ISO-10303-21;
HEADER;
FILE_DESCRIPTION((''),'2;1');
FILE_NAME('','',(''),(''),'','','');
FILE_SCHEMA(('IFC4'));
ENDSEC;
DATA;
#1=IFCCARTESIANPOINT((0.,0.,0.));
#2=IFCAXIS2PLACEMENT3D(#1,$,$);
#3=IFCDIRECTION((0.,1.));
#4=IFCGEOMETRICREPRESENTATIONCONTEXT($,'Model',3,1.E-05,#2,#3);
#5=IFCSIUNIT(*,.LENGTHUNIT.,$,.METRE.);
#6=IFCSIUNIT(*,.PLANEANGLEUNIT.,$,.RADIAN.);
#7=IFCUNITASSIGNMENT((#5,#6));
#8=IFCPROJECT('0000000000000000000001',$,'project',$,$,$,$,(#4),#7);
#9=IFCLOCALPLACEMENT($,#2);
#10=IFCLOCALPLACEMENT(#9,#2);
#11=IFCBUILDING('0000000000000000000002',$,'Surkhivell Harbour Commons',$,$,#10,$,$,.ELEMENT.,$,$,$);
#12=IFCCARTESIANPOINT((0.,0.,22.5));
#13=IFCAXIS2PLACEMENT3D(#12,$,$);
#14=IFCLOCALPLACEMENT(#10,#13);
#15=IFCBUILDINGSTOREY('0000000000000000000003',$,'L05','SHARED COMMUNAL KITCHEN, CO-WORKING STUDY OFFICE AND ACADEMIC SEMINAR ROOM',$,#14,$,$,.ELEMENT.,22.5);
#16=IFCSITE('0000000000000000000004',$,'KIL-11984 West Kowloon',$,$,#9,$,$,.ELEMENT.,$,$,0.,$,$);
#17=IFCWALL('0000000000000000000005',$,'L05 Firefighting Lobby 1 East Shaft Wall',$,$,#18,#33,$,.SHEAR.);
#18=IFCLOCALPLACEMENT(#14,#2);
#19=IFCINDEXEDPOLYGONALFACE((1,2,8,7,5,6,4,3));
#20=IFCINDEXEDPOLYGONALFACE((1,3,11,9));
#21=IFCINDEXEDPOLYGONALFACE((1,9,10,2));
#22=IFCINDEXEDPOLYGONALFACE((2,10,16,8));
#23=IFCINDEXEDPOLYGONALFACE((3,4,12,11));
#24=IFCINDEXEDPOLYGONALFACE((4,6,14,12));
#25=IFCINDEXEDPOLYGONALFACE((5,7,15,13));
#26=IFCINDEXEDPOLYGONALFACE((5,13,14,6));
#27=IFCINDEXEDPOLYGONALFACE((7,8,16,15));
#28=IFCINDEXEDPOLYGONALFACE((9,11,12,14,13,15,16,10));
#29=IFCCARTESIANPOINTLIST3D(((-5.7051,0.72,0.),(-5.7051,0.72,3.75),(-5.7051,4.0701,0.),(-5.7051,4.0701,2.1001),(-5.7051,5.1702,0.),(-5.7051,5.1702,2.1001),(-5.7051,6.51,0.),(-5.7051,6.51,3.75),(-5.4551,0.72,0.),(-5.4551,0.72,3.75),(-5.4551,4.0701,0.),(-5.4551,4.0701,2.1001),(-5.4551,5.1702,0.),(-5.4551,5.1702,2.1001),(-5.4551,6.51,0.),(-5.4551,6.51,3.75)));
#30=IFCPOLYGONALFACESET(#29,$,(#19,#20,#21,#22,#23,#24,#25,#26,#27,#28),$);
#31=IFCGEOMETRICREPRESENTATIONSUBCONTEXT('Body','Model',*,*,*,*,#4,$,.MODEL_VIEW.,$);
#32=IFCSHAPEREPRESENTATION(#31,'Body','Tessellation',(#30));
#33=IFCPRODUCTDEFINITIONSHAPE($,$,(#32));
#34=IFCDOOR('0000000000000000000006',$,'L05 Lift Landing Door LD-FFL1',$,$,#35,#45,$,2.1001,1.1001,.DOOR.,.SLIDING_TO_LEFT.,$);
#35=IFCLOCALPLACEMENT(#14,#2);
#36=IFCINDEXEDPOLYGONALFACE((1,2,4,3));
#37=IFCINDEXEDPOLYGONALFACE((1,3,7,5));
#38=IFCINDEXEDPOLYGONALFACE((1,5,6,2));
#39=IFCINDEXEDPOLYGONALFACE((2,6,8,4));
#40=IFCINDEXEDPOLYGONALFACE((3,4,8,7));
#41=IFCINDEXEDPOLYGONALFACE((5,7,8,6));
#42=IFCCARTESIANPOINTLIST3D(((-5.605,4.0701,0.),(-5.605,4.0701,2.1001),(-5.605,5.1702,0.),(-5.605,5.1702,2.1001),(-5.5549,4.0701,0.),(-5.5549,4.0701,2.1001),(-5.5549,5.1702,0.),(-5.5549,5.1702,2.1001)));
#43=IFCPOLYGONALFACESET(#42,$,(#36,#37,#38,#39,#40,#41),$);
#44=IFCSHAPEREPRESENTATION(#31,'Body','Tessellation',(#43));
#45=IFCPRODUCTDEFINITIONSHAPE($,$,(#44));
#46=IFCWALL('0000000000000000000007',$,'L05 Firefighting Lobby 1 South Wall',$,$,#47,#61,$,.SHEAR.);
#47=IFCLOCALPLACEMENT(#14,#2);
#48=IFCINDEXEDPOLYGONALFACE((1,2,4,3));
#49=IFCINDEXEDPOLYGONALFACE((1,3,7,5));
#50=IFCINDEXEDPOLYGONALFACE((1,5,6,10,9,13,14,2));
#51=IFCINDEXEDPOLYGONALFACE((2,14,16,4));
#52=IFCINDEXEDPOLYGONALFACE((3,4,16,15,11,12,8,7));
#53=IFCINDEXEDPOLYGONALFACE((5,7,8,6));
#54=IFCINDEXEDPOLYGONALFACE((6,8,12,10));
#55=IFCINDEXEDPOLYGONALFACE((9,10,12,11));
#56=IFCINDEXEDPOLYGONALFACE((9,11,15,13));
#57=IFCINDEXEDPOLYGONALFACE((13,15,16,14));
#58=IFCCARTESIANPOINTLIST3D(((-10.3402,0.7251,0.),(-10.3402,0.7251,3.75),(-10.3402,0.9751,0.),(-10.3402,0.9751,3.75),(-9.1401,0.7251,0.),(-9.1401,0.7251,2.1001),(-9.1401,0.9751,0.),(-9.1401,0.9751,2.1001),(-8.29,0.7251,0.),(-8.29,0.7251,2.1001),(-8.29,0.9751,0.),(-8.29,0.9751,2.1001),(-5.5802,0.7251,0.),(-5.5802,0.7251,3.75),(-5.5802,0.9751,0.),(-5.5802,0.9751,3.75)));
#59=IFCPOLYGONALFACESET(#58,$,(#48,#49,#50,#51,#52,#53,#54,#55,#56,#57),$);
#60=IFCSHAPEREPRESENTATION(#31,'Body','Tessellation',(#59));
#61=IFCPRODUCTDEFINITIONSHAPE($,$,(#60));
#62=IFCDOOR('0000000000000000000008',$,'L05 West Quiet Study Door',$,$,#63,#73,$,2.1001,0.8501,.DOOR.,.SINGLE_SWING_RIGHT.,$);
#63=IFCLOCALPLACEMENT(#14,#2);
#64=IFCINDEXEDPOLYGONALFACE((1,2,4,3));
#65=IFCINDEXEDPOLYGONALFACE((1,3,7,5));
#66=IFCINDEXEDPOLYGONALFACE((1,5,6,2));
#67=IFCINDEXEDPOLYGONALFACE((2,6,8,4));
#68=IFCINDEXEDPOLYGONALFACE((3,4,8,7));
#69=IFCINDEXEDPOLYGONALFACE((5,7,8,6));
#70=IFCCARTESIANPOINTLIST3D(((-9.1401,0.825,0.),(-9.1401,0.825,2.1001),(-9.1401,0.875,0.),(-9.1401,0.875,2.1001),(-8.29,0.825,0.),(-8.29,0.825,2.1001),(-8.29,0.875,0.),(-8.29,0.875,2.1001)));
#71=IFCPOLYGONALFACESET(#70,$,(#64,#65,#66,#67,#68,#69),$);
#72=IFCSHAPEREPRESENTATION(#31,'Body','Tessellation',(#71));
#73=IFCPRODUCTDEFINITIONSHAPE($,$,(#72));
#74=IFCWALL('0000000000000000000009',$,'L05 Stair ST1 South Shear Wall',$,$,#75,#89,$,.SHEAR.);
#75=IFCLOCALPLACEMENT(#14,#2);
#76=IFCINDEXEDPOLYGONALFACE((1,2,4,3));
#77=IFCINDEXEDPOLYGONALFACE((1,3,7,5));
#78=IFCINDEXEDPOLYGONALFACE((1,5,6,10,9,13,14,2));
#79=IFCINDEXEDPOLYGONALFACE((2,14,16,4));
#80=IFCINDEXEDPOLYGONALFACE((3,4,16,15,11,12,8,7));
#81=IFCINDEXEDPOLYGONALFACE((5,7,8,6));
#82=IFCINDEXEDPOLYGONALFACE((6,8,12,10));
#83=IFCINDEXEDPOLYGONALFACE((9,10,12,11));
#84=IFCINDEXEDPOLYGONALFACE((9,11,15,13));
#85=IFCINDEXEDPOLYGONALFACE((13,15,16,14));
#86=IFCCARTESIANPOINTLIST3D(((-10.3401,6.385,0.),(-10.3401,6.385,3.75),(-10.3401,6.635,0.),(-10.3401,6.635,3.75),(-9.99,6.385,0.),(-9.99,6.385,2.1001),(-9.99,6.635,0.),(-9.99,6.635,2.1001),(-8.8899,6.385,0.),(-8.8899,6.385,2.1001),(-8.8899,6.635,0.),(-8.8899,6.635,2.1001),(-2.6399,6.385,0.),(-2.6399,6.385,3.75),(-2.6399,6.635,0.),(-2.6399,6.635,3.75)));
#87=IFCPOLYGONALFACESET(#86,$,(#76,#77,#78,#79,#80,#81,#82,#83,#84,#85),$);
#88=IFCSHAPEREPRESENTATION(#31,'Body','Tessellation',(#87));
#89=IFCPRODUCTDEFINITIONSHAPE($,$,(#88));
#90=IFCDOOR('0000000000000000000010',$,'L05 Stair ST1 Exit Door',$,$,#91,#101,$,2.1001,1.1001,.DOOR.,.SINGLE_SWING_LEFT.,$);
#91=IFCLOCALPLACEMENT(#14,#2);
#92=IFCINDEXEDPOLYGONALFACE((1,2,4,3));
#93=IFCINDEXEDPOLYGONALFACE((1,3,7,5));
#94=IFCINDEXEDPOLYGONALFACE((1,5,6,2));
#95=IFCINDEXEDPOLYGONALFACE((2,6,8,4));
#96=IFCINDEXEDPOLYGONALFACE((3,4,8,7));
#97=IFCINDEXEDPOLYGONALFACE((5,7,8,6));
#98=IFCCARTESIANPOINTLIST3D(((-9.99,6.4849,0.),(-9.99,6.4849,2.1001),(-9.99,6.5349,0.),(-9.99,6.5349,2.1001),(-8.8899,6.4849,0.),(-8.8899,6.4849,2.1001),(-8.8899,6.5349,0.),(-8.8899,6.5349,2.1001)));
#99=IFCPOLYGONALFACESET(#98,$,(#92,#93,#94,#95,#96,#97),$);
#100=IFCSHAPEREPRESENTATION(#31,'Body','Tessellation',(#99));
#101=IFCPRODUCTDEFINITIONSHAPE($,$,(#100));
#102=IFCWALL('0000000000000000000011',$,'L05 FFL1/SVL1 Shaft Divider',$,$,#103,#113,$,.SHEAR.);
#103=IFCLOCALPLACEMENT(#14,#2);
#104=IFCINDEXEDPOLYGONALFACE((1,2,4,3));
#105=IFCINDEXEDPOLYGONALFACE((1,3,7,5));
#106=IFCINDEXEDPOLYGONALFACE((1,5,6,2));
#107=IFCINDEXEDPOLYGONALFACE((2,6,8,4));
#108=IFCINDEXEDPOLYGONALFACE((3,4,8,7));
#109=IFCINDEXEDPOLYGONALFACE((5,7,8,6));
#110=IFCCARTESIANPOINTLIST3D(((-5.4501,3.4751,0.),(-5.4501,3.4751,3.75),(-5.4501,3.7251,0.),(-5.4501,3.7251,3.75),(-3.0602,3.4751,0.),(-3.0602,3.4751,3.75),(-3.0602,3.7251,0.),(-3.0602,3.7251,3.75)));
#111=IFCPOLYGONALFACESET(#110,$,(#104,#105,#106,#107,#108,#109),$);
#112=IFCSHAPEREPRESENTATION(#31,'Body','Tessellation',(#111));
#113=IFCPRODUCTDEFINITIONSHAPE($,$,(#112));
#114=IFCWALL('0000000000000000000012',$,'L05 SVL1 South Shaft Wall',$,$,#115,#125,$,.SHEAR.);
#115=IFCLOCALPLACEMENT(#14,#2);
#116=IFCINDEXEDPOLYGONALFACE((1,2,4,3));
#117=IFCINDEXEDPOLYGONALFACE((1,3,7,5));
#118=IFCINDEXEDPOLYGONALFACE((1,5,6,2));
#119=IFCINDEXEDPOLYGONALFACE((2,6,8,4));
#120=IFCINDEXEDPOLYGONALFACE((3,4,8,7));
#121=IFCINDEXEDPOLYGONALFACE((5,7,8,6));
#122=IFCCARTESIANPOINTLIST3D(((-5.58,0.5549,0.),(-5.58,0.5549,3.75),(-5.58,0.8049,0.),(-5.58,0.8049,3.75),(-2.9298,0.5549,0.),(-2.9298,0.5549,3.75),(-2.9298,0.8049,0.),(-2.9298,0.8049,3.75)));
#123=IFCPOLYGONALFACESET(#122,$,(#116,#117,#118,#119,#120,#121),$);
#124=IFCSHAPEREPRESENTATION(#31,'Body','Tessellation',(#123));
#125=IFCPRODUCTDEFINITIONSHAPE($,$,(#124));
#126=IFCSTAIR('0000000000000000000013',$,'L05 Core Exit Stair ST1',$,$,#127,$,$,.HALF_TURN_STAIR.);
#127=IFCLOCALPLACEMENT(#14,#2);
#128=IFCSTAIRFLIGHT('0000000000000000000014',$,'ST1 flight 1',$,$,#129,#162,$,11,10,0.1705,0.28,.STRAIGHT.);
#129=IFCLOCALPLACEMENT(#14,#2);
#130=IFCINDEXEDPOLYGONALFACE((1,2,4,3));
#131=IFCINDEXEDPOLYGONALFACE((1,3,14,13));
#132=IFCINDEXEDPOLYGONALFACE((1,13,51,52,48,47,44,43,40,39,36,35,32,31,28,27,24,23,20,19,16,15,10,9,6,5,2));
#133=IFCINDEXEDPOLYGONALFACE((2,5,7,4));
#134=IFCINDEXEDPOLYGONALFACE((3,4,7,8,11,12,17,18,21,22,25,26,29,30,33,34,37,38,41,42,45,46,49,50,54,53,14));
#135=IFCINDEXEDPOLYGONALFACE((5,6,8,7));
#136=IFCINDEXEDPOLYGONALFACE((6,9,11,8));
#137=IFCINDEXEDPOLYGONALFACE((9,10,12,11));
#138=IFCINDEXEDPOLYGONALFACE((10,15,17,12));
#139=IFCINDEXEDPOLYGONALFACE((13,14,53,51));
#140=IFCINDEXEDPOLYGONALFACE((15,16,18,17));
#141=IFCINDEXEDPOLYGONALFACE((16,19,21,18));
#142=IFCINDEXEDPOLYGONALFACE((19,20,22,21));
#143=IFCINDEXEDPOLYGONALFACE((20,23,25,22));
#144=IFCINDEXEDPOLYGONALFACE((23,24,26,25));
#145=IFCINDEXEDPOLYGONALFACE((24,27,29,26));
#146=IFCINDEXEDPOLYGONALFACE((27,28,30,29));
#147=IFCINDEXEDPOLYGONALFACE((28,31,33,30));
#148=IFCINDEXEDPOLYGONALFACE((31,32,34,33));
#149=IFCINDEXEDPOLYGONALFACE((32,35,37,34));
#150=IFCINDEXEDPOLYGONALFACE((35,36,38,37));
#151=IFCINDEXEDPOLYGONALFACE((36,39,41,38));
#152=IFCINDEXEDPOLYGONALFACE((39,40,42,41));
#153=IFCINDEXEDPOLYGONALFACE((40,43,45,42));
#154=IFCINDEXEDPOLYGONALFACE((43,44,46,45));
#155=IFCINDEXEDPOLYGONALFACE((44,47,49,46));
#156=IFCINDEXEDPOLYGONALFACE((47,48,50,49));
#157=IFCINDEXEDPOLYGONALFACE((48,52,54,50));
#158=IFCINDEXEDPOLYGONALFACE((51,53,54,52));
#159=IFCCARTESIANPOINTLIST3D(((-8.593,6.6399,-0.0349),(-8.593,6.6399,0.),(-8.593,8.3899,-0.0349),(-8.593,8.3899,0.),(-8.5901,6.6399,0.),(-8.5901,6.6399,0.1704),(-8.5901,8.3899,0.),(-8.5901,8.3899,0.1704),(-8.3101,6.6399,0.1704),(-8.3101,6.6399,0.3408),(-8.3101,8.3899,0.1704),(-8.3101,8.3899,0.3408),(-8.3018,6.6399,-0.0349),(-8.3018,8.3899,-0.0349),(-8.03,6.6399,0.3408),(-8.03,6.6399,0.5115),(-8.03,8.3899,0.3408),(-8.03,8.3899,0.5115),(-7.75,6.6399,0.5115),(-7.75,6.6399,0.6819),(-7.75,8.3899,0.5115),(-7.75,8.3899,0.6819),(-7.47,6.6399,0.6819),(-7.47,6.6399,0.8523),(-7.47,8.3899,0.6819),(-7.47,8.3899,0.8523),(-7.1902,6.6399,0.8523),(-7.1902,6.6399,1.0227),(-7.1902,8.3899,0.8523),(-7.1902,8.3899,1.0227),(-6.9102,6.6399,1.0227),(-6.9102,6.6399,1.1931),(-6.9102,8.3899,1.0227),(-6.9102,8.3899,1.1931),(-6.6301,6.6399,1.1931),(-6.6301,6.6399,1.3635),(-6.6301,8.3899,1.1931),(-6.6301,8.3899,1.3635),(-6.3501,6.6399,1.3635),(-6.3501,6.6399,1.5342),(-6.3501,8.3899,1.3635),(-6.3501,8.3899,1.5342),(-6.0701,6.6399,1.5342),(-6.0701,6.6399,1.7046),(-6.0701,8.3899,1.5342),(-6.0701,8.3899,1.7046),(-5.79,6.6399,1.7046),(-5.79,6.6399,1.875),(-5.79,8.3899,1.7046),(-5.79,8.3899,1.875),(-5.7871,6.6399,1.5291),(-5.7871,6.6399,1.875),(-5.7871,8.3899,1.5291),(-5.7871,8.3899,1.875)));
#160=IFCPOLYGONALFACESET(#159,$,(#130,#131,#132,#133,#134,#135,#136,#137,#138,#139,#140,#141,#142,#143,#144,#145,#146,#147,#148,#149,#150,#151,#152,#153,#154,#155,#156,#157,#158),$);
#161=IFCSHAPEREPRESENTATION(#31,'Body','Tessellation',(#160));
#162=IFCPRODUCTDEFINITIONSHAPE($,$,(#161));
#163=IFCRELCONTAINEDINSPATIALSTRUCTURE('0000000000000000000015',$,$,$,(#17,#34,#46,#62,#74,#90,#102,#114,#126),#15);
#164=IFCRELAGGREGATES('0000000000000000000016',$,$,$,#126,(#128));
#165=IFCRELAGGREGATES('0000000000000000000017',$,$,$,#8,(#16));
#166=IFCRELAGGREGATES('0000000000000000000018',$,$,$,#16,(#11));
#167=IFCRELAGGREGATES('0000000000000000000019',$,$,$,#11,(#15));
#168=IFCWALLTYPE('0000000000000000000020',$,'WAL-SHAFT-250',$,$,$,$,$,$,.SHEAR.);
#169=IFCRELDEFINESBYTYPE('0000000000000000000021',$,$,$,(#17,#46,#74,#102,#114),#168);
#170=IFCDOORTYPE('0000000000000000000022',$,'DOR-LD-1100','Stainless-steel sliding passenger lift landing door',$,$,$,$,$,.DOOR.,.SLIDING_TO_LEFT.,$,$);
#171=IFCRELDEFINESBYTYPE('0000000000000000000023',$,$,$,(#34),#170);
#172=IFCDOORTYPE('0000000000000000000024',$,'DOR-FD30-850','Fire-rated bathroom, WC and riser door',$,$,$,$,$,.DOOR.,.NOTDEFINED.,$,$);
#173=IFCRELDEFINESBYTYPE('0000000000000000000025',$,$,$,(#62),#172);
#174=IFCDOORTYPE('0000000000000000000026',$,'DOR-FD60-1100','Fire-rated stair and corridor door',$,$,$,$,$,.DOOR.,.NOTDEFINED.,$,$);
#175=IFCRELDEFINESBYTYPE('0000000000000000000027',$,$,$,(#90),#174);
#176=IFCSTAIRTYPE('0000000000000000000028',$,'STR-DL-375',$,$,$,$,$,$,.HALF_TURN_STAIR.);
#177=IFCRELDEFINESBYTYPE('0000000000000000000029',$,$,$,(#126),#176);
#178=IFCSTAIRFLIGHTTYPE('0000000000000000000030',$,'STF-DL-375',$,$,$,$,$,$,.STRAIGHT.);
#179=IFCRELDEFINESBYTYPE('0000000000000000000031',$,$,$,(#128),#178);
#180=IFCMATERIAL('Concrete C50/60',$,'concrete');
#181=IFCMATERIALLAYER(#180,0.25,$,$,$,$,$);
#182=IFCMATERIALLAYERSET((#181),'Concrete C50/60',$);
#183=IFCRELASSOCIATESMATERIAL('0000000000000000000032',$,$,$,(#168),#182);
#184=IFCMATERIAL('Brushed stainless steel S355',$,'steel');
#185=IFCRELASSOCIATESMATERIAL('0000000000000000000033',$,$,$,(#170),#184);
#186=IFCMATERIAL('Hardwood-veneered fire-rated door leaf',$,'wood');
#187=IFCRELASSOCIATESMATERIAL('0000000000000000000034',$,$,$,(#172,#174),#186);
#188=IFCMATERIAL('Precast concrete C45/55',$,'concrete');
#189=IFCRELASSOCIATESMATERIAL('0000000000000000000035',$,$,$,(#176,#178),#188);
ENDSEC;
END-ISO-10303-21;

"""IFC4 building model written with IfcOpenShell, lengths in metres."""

from ifc_helpers import new_model, si_unit, direction, frame, frame_2d, origin, place, context, subcontext, project, spatial, polyline, rectangle, outline, extrude, material, layer, layer_set, type_object, element, fill, aggregate, save


model = new_model("IFC4")

# Units and contexts
model_context = context("Model", 3, precision=1e-05, world=origin(), true_north=direction((0.0, 1.0)))
body_context = subcontext(model_context, "Body", "Model", "MODEL_VIEW")
ifc_project = project(units=[si_unit("LENGTHUNIT", "METRE"), si_unit("PLANEANGLEUNIT", "RADIAN")], contexts=[model_context])

# Site, building, storey
site_placement = place(None, origin())
site = spatial("IfcSite", under=ifc_project, at=site_placement, Name="KIL-11984 West Kowloon", CompositionType="ELEMENT", RefElevation=0.0)
building_placement = place(site_placement, origin())
building = spatial("IfcBuilding", under=site, at=building_placement, Name="Surkhivell Harbour Commons", CompositionType="ELEMENT")
storey_placement = place(building_placement, frame((0.0, 0.0, 22.5)))
storey = spatial("IfcBuildingStorey", under=building, at=storey_placement, Name="L05", Description="SHARED COMMUNAL KITCHEN, CO-WORKING STUDY OFFICE AND ACADEMIC SEMINAR ROOM", CompositionType="ELEMENT", Elevation=22.5)

# Shared definitions
ifc_material_1 = material(Name="Hardwood-veneered fire-rated door leaf", Category="wood")

# Walls, openings, doors
ifc_material_2 = material(Name="Concrete C50/60", Category="concrete")
ifc_layer_1 = layer(ifc_material_2, 0.25)
ifc_layer_set_1 = layer_set([ifc_layer_1], Name="Concrete C50/60")
wall_type_1 = type_object("IfcWallType", Name="WAL-SHAFT-250", PredefinedType="SHEAR", material=ifc_layer_set_1)
wall_1_placement = place(storey_placement, frame((-5.5801, 0.72, 0.0), z_axis=(0.0, 0.0, 1.0), x_axis=(0.0, 1.0, 0.0)))
wall_1 = element("IfcWall", 1, at=wall_1_placement, inside=storey, type_object=wall_type_1, Name="L05 Firefighting Lobby 1 East Shaft Wall", PredefinedType="SHEAR", context=body_context, shape_type="SweptSolid", body=[
    extrude(rectangle(XDim=5.79, YDim=0.25, at=frame_2d((2.895, 0.0))), origin(), (0.0, 0.0, 1.0), 3.75),
])
opening_1_placement = place(wall_1_placement, frame((3.3501, 0.0, 0.0)))
opening_1 = element("IfcOpeningElement", 2, at=opening_1_placement, cuts=wall_1, PredefinedType="OPENING", context=body_context, shape_type="SweptSolid", body=[
    extrude(rectangle(XDim=1.1001, YDim=2.1001, at=frame_2d((0.55, 1.05))), frame((0.0, 0.135, 0.0), z_axis=(0.0, -1.0, 0.0), x_axis=(1.0, 0.0, 0.0)), (0.0, 0.0, 1.0), 0.27),
])
ifc_material_3 = material(Name="Brushed stainless steel S355", Category="steel")
door_type_1 = type_object("IfcDoorType", Name="DOR-LD-1100", Description="Stainless-steel sliding passenger lift landing door", OperationType="SLIDING_TO_LEFT", PredefinedType="DOOR", material=ifc_material_3)
door_1_placement = place(opening_1_placement, origin())
door_1 = element("IfcDoor", 3, at=door_1_placement, inside=storey, type_object=door_type_1, Name="L05 Lift Landing Door LD-FFL1", OperationType="SLIDING_TO_LEFT", OverallHeight=2.1001, OverallWidth=1.1001, PredefinedType="DOOR", context=body_context, shape_type="SweptSolid", body=[
    extrude(rectangle(XDim=1.1001, YDim=2.1001, at=frame_2d((0.55, 1.05))), frame((0.0, 0.0249, 0.0), z_axis=(0.0, -1.0, 0.0), x_axis=(1.0, 0.0, 0.0)), (0.0, 0.0, 1.0), 0.05),
])
fill(opening_1, door_1)
wall_2_placement = place(storey_placement, frame((-10.3401, 0.8501, 0.0), z_axis=(0.0, 0.0, 1.0), x_axis=(1.0, 0.0, 0.0)))
wall_2 = element("IfcWall", 4, at=wall_2_placement, inside=storey, type_object=wall_type_1, Name="L05 Firefighting Lobby 1 South Wall", PredefinedType="SHEAR", context=body_context, shape_type="SweptSolid", body=[
    extrude(rectangle(XDim=4.76, YDim=0.25, at=frame_2d((2.3799, 0.0))), origin(), (0.0, 0.0, 1.0), 3.75),
])
opening_2_placement = place(wall_2_placement, frame((1.2, 0.0, 0.0)))
opening_2 = element("IfcOpeningElement", 5, at=opening_2_placement, cuts=wall_2, PredefinedType="OPENING", context=body_context, shape_type="SweptSolid", body=[
    extrude(rectangle(XDim=0.8501, YDim=2.1001, at=frame_2d((0.425, 1.05))), frame((0.0, 0.135, 0.0), z_axis=(0.0, -1.0, 0.0), x_axis=(1.0, 0.0, 0.0)), (0.0, 0.0, 1.0), 0.27),
])
door_type_2 = type_object("IfcDoorType", Name="DOR-FD30-850", Description="Fire-rated bathroom, WC and riser door", OperationType="NOTDEFINED", PredefinedType="DOOR", material=ifc_material_1)
door_2_placement = place(opening_2_placement, origin())
door_2 = element("IfcDoor", 6, at=door_2_placement, inside=storey, type_object=door_type_2, Name="L05 West Quiet Study Door", OperationType="SINGLE_SWING_RIGHT", OverallHeight=2.1001, OverallWidth=0.8501, PredefinedType="DOOR", context=body_context, shape_type="SweptSolid", body=[
    extrude(rectangle(XDim=0.8501, YDim=2.1001, at=frame_2d((0.425, 1.05))), frame((0.0, 0.0249, 0.0), z_axis=(0.0, -1.0, 0.0), x_axis=(1.0, 0.0, 0.0)), (0.0, 0.0, 1.0), 0.05),
])
fill(opening_2, door_2)
wall_3_placement = place(storey_placement, frame((-10.3401, 6.51, 0.0), z_axis=(0.0, 0.0, 1.0), x_axis=(1.0, 0.0, 0.0)))
wall_3 = element("IfcWall", 7, at=wall_3_placement, inside=storey, type_object=wall_type_1, Name="L05 Stair ST1 South Shear Wall", PredefinedType="SHEAR", context=body_context, shape_type="SweptSolid", body=[
    extrude(rectangle(XDim=7.7002, YDim=0.25, at=frame_2d((3.8501, 0.0))), origin(), (0.0, 0.0, 1.0), 3.75),
])
opening_3_placement = place(wall_3_placement, frame((0.3501, 0.0, 0.0)))
opening_3 = element("IfcOpeningElement", 8, at=opening_3_placement, cuts=wall_3, PredefinedType="OPENING", context=body_context, shape_type="SweptSolid", body=[
    extrude(rectangle(XDim=1.1001, YDim=2.1001, at=frame_2d((0.55, 1.05))), frame((0.0, 0.135, 0.0), z_axis=(0.0, -1.0, 0.0), x_axis=(1.0, 0.0, 0.0)), (0.0, 0.0, 1.0), 0.27),
])
door_type_3 = type_object("IfcDoorType", Name="DOR-FD60-1100", Description="Fire-rated stair and corridor door", OperationType="NOTDEFINED", PredefinedType="DOOR", material=ifc_material_1)
door_3_placement = place(opening_3_placement, origin())
door_3 = element("IfcDoor", 9, at=door_3_placement, inside=storey, type_object=door_type_3, Name="L05 Stair ST1 Exit Door", OperationType="SINGLE_SWING_LEFT", OverallHeight=2.1001, OverallWidth=1.1001, PredefinedType="DOOR", context=body_context, shape_type="SweptSolid", body=[
    extrude(rectangle(XDim=1.1001, YDim=2.1001, at=frame_2d((0.55, 1.05))), frame((0.0, 0.0249, 0.0), z_axis=(0.0, -1.0, 0.0), x_axis=(1.0, 0.0, 0.0)), (0.0, 0.0, 1.0), 0.05),
])
fill(opening_3, door_3)

# Walls
wall_4_placement = place(storey_placement, frame((-5.45, 3.6001, 0.0), z_axis=(0.0, 0.0, 1.0), x_axis=(1.0, 0.0, 0.0)))
element("IfcWall", 10, at=wall_4_placement, inside=storey, type_object=wall_type_1, Name="L05 FFL1/SVL1 Shaft Divider", PredefinedType="SHEAR", context=body_context, shape_type="SweptSolid", body=[
    extrude(rectangle(XDim=2.3899, YDim=0.25, at=frame_2d((1.1948, 0.0))), origin(), (0.0, 0.0, 1.0), 3.75),
])
wall_5_placement = place(storey_placement, frame((-5.5801, 0.6799, 0.0), z_axis=(0.0, 0.0, 1.0), x_axis=(1.0, 0.0, 0.0)))
element("IfcWall", 11, at=wall_5_placement, inside=storey, type_object=wall_type_1, Name="L05 SVL1 South Shaft Wall", PredefinedType="SHEAR", context=body_context, shape_type="SweptSolid", body=[
    extrude(rectangle(XDim=2.6501, YDim=0.25, at=frame_2d((1.3252, 0.0))), origin(), (0.0, 0.0, 1.0), 3.75),
])

# Stair, stair flight
ifc_material_4 = material(Name="Precast concrete C45/55", Category="concrete")
stair_type = type_object("IfcStairType", Name="STR-DL-375", PredefinedType="HALF_TURN_STAIR", material=ifc_material_4)
stair_placement = place(storey_placement, origin())
stair = element("IfcStair", 12, at=stair_placement, inside=storey, type_object=stair_type, Name="L05 Core Exit Stair ST1", PredefinedType="HALF_TURN_STAIR")
stair_flight_type = type_object("IfcStairFlightType", Name="STF-DL-375", PredefinedType="STRAIGHT", material=ifc_material_4)
stair_flight_1_placement = place(storey_placement, frame((-8.5901, 7.5149, 0.0), z_axis=(0.0, 0.0, 1.0), x_axis=(1.0, 0.0, 0.0)))
stair_flight_1 = element("IfcStairFlight", 13, at=stair_flight_1_placement, type_object=stair_flight_type, Name="ST1 flight 1", NumberOfRisers=11, NumberOfTreads=10, PredefinedType="STRAIGHT", RiserHeight=0.1705, TreadLength=0.28, context=body_context, shape_type="SweptSolid", body=[
    extrude(outline(polyline([(-0.0029, -0.0349), (-0.0029, 0.0), (0.0, 0.0), (0.0, 0.1704), (0.28, 0.1704), (0.28, 0.3408), (0.5601, 0.3408), (0.5601, 0.5115), (0.8401, 0.5115), (0.8401, 0.6819), (1.1201, 0.6819), (1.1201, 0.8523), (1.3999, 0.8523), (1.3999, 1.0227), (1.6799, 1.0227), (1.6799, 1.1931), (1.96, 1.1931), (1.96, 1.3635), (2.24, 1.3635), (2.24, 1.5342), (2.52, 1.5342), (2.52, 1.7046), (2.8, 1.7046), (2.8, 1.875), (2.803, 1.875), (2.803, 1.5291), (0.2883, -0.0349), (-0.0029, -0.0349)])), frame((0.0, 0.875, 0.0), z_axis=(0.0, -1.0, 0.0), x_axis=(1.0, 0.0, 0.0)), (0.0, 0.0, 1.0), 1.75),
])
aggregate(stair, [stair_flight_1])

save(model, "model.ifc")
